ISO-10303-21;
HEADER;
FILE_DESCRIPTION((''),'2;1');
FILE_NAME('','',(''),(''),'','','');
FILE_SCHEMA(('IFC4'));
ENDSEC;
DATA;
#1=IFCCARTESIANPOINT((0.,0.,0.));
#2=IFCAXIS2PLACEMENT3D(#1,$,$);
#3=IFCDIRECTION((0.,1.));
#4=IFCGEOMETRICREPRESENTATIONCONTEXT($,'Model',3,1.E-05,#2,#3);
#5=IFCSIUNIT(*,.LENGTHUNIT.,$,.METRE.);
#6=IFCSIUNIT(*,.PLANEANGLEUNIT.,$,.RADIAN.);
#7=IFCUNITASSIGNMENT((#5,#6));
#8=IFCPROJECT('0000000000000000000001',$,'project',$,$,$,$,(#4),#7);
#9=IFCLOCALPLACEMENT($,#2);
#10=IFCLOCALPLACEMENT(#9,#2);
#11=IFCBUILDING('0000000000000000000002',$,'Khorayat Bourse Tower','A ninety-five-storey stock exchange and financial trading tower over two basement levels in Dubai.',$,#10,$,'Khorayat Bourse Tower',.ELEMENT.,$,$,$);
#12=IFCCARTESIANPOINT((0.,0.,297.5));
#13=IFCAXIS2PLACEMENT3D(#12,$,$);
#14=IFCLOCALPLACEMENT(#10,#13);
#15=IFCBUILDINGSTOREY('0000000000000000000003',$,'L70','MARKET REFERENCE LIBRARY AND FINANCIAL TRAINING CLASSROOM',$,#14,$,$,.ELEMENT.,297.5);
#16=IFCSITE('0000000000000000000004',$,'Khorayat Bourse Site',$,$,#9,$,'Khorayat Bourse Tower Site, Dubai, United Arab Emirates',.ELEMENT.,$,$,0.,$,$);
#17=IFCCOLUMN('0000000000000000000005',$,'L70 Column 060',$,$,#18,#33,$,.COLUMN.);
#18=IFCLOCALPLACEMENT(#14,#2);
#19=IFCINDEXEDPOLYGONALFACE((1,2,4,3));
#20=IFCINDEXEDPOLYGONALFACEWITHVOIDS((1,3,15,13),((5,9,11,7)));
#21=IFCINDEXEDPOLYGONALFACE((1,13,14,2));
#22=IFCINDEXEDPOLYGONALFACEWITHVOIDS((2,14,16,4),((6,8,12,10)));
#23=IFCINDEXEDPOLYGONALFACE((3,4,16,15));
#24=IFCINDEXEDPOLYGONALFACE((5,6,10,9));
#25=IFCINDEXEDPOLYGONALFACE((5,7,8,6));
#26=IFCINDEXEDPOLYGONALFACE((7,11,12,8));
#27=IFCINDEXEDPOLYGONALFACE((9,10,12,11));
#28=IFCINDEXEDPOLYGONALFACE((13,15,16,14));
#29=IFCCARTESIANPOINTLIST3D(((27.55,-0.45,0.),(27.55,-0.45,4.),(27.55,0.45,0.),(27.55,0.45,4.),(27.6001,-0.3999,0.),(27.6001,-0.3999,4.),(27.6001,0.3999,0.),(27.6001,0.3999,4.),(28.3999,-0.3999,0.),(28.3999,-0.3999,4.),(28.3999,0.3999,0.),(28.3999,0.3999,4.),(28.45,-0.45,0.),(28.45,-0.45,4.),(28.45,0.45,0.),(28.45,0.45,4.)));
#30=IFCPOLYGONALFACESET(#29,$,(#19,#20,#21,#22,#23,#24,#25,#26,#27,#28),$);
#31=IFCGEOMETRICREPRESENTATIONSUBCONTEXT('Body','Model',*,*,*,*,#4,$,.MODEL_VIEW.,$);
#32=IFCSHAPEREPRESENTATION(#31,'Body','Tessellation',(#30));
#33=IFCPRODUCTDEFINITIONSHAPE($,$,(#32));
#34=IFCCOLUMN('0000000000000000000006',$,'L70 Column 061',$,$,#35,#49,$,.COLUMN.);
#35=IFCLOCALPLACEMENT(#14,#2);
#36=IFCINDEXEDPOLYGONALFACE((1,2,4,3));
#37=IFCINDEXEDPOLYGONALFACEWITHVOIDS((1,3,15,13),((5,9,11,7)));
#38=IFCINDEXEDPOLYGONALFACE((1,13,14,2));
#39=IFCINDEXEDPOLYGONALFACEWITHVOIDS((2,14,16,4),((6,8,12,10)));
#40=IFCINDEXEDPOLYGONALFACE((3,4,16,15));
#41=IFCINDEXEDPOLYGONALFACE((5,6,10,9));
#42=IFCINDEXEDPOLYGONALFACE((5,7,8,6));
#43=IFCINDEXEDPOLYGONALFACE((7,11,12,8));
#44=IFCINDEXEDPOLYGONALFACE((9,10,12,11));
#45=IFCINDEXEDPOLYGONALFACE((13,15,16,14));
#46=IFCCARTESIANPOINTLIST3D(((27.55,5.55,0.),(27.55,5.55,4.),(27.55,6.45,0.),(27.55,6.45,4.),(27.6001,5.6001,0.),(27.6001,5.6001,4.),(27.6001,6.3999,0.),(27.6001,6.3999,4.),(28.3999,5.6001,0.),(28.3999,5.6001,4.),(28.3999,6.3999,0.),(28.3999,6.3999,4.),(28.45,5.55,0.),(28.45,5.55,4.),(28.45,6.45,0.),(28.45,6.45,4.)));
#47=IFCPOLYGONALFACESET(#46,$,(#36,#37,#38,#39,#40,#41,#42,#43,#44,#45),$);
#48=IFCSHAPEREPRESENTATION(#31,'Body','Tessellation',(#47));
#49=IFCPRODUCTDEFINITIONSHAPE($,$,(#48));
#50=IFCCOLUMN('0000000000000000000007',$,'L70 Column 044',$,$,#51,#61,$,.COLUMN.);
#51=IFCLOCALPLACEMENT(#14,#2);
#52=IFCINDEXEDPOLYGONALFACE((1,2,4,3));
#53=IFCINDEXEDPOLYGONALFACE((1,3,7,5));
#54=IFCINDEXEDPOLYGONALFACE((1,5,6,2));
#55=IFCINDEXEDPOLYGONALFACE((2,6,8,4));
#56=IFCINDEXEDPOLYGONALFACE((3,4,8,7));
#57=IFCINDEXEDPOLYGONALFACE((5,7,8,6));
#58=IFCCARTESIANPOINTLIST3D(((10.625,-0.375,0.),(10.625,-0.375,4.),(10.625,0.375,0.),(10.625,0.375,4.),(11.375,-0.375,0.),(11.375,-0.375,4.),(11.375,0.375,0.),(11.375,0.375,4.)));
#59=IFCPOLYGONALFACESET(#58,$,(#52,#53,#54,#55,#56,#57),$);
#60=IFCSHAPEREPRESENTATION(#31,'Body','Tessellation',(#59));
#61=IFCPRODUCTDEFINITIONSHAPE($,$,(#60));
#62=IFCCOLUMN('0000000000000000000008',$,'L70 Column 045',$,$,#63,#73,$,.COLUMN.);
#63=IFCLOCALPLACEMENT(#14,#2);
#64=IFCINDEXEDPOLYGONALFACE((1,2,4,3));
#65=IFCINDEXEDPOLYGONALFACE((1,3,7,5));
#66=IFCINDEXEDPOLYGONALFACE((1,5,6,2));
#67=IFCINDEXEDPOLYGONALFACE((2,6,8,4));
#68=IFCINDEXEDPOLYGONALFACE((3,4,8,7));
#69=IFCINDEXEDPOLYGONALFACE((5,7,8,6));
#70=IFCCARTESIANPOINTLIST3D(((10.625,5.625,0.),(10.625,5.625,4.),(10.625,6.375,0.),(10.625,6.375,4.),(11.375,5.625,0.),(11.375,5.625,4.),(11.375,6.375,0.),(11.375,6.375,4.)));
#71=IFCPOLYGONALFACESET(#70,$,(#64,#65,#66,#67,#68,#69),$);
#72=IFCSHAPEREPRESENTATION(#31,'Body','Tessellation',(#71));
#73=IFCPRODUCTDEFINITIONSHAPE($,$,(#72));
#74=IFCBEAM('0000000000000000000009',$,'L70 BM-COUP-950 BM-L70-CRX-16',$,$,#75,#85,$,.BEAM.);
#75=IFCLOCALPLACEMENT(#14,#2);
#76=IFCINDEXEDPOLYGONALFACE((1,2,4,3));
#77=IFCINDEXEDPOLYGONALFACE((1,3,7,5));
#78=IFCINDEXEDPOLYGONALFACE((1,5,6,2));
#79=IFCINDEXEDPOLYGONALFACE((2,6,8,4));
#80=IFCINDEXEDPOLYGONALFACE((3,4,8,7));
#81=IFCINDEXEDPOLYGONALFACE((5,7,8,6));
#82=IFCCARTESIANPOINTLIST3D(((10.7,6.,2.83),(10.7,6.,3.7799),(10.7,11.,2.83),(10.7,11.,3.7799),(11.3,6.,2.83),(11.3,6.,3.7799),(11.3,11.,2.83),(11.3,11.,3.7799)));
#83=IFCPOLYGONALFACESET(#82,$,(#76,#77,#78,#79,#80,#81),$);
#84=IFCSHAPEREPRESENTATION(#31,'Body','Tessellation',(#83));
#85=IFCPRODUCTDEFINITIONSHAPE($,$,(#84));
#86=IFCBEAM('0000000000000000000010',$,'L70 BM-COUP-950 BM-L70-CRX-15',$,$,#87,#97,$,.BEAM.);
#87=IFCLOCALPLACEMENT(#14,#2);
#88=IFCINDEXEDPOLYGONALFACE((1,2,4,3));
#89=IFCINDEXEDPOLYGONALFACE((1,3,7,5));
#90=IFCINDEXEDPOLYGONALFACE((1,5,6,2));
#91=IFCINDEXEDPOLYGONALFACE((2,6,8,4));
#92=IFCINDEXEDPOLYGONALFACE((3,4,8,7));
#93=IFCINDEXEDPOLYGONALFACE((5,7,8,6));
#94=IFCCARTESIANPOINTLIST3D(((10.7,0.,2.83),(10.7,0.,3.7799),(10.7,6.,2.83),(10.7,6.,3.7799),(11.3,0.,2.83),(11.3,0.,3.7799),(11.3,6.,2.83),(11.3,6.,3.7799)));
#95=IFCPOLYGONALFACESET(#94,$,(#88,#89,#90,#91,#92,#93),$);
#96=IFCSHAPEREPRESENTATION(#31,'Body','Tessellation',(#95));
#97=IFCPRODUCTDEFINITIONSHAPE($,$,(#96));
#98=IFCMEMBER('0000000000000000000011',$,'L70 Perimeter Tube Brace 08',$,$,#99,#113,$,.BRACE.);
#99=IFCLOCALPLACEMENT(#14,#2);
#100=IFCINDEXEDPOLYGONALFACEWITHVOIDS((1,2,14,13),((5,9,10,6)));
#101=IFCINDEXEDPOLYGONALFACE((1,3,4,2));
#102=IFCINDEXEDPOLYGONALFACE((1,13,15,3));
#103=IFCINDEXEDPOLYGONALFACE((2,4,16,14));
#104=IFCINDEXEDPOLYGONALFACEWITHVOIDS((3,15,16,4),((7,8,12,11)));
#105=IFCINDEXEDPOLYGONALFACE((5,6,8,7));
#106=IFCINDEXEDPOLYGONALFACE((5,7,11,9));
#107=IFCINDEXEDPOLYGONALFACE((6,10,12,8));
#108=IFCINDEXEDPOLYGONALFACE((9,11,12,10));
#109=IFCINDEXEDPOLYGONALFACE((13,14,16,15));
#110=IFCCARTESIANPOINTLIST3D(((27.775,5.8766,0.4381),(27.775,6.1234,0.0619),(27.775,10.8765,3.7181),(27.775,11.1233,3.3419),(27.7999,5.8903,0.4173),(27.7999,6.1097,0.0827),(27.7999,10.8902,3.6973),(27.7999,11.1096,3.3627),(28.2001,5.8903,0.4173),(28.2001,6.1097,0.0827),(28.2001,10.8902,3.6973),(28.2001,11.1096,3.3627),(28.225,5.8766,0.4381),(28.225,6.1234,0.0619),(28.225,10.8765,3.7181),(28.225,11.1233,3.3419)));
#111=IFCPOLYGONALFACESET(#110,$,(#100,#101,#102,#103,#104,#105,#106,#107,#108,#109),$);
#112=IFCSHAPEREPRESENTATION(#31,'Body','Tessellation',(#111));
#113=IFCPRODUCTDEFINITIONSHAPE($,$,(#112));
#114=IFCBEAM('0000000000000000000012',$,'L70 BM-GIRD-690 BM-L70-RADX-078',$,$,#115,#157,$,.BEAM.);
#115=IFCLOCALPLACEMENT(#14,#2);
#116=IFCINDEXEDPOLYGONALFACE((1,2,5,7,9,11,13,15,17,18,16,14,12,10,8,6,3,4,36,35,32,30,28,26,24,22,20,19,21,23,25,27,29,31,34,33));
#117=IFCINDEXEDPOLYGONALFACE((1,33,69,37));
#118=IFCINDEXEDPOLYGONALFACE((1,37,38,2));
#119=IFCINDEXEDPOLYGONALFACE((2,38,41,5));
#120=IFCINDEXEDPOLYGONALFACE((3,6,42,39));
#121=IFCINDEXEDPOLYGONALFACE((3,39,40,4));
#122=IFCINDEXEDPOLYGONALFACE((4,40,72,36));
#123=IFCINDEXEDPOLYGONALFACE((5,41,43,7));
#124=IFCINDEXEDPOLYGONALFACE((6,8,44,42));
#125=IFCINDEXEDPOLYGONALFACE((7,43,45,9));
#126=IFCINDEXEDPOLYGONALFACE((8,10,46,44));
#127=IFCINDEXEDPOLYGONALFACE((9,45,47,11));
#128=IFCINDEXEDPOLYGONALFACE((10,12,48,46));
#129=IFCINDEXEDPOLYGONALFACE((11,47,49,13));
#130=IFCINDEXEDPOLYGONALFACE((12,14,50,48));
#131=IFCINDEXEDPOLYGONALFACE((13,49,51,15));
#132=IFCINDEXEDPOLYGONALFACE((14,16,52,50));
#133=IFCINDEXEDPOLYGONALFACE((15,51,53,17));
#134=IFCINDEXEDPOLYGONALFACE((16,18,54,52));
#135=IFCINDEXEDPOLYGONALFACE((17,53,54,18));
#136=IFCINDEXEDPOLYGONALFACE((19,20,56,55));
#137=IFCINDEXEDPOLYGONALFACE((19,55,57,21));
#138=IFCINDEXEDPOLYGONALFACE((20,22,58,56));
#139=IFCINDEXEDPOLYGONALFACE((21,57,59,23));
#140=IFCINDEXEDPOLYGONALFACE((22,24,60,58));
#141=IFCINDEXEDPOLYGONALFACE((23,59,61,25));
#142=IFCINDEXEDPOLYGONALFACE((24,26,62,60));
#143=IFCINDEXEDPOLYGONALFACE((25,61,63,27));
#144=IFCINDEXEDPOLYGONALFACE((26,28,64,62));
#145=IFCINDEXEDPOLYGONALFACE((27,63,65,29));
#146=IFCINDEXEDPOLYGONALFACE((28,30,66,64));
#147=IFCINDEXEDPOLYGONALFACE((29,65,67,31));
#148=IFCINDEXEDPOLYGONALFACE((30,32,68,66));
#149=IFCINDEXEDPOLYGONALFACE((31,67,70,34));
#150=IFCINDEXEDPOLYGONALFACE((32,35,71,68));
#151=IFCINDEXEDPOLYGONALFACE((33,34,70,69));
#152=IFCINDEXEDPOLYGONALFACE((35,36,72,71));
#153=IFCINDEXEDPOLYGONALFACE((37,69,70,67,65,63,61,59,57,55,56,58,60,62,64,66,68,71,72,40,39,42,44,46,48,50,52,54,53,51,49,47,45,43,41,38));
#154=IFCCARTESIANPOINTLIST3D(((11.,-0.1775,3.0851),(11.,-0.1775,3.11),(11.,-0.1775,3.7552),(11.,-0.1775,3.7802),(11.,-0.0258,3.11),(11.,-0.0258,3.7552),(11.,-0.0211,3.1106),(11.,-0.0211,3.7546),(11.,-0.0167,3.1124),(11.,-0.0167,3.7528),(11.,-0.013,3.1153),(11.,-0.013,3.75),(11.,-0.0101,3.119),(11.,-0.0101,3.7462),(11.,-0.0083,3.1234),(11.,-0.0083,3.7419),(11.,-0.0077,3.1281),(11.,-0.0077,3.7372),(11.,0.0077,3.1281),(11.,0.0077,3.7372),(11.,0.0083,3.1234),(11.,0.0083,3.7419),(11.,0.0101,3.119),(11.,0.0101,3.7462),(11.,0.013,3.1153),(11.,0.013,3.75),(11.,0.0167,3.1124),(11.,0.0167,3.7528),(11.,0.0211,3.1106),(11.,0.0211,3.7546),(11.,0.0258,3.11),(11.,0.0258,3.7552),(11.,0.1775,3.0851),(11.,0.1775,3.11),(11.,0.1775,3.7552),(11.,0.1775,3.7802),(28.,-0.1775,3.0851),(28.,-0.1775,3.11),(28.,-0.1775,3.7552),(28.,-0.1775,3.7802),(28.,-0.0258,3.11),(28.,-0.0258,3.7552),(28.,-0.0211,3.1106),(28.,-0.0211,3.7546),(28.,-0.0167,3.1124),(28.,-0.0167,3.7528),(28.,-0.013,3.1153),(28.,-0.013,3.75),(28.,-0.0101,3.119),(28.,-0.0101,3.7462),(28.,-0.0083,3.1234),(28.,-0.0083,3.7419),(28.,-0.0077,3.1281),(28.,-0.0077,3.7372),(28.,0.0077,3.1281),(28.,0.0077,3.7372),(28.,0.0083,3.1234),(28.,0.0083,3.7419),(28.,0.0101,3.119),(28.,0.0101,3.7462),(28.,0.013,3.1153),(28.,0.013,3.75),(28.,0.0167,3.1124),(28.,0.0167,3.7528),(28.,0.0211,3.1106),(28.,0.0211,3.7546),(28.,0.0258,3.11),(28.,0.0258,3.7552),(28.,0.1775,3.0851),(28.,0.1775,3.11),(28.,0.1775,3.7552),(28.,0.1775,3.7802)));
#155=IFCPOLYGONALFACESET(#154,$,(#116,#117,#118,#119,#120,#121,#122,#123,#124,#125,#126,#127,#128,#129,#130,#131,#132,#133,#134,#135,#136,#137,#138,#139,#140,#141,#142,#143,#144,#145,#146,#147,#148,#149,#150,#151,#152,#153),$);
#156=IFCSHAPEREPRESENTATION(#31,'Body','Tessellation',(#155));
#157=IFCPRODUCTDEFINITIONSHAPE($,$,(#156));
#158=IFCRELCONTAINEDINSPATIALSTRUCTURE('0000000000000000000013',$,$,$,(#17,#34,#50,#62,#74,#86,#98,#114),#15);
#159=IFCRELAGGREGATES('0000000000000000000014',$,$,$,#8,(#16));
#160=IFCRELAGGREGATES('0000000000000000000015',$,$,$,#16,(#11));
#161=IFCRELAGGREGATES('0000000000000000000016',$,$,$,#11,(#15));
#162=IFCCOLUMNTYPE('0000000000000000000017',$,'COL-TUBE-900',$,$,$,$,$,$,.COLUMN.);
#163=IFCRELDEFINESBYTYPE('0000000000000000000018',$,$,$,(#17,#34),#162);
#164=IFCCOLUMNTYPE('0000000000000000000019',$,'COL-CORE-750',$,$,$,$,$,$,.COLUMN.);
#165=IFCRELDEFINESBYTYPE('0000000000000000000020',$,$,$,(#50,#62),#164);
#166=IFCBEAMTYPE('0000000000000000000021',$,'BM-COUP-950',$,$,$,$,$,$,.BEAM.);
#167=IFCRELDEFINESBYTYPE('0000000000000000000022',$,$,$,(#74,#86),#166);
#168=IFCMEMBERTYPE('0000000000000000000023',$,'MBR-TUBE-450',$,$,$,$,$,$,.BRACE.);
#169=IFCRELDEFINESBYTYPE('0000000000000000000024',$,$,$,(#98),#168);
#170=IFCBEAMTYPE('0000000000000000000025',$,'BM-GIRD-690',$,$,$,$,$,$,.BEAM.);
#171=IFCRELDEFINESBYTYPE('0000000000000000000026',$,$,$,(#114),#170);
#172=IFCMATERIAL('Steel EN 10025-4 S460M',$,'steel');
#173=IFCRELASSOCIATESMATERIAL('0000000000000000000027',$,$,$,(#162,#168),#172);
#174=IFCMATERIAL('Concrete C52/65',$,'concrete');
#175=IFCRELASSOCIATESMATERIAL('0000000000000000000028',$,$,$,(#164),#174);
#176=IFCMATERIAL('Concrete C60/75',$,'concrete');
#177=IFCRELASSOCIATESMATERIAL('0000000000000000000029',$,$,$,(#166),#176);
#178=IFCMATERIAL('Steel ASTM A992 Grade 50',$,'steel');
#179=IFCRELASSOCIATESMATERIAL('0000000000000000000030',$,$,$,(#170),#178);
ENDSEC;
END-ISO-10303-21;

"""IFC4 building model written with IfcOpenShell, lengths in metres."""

from ifc_helpers import new_model, si_unit, direction, frame, origin, origin_2d, place, context, subcontext, project, spatial, rectangle, hollow_rectangle, i_section, extrude, source, transform, mapped, material, material_profile, profile_set, type_object, element, save


model = new_model("IFC4")

# Units and contexts
model_context = context("Model", 3, precision=1e-05, world=origin(), true_north=direction((0.0, 1.0)))
body_context = subcontext(model_context, "Body", "Model", "MODEL_VIEW")
ifc_project = project(units=[si_unit("LENGTHUNIT", "METRE"), si_unit("PLANEANGLEUNIT", "RADIAN")], contexts=[model_context])

# Site, building, storey
site_placement = place(None, origin())
site = spatial("IfcSite", under=ifc_project, at=site_placement, Name="Khorayat Bourse Site", LongName="Khorayat Bourse Tower Site, Dubai, United Arab Emirates", CompositionType="ELEMENT", RefElevation=0.0)
building_placement = place(site_placement, origin())
building = spatial("IfcBuilding", under=site, at=building_placement, Name="Khorayat Bourse Tower", Description="A ninety-five-storey stock exchange and financial trading tower over two basement levels in Dubai.", LongName="Khorayat Bourse Tower", CompositionType="ELEMENT")
storey_placement = place(building_placement, frame((0.0, 0.0, 297.5)))
storey = spatial("IfcBuildingStorey", under=building, at=storey_placement, Name="L70", Description="MARKET REFERENCE LIBRARY AND FINANCIAL TRAINING CLASSROOM", CompositionType="ELEMENT", Elevation=297.5)

# Columns
ifc_material_1 = material(Name="Steel EN 10025-4 S460M", Category="steel")
ifc_material_profile_1 = material_profile(ifc_material_1, hollow_rectangle(XDim=0.8999, YDim=0.8999, WallThickness=0.05, at=origin_2d()), Name="BOX 900x900x50")
ifc_profile_set_1 = profile_set([ifc_material_profile_1], Name="Steel EN 10025-4 S460M")
column_type_1 = type_object("IfcColumnType", Name="COL-TUBE-900", PredefinedType="COLUMN", material=ifc_profile_set_1)
shared_shape_1 = source(origin(), body_context, "Body", "SweptSolid", [
    extrude(hollow_rectangle(XDim=0.8999, YDim=0.8999, WallThickness=0.05, at=origin_2d()), origin(), (0.0, 0.0, 1.0), 4.0),
])
for number, where, z_axis, x_axis, name in (
    (1, (28.0, 0.0, 0.0), (0.0, 0.0, 1.0), (1.0, 0.0, 0.0), "L70 Column 060"),
    (2, (28.0, 6.0, 0.0), (0.0, 0.0, 1.0), (1.0, 0.0, 0.0), "L70 Column 061"),
):
    element("IfcColumn", number, at=place(storey_placement, frame(where, z_axis=z_axis, x_axis=x_axis)), inside=storey, type_object=column_type_1, Name=name, PredefinedType="COLUMN", context=body_context, shape_type="MappedRepresentation", body=[
        mapped(shared_shape_1, transform((0.0, 0.0, 0.0), scale=1.0)),
    ])
ifc_material_2 = material(Name="Concrete C52/65", Category="concrete")
ifc_material_profile_2 = material_profile(ifc_material_2, rectangle(XDim=0.75, YDim=0.75, at=origin_2d()), Name="RC 750x750")
ifc_profile_set_2 = profile_set([ifc_material_profile_2], Name="Concrete C52/65")
column_type_2 = type_object("IfcColumnType", Name="COL-CORE-750", PredefinedType="COLUMN", material=ifc_profile_set_2)
shared_shape_2 = source(origin(), body_context, "Body", "SweptSolid", [
    extrude(rectangle(XDim=0.75, YDim=0.75, at=origin_2d()), origin(), (0.0, 0.0, 1.0), 4.0),
])
for number, where, z_axis, x_axis, name in (
    (3, (11.0, 0.0, 0.0), (0.0, 0.0, 1.0), (1.0, 0.0, 0.0), "L70 Column 044"),
    (4, (11.0, 6.0, 0.0), (0.0, 0.0, 1.0), (1.0, 0.0, 0.0), "L70 Column 045"),
):
    element("IfcColumn", number, at=place(storey_placement, frame(where, z_axis=z_axis, x_axis=x_axis)), inside=storey, type_object=column_type_2, Name=name, PredefinedType="COLUMN", context=body_context, shape_type="MappedRepresentation", body=[
        mapped(shared_shape_2, transform((0.0, 0.0, 0.0), scale=1.0)),
    ])

# Beams
ifc_material_3 = material(Name="Concrete C60/75", Category="concrete")
ifc_material_profile_3 = material_profile(ifc_material_3, rectangle(XDim=0.6001, YDim=0.95, at=origin_2d()), Name="RC 600x950")
ifc_profile_set_3 = profile_set([ifc_material_profile_3], Name="Concrete C60/75")
beam_type_1 = type_object("IfcBeamType", Name="BM-COUP-950", PredefinedType="BEAM", material=ifc_profile_set_3)
shared_shape_3 = source(origin(), body_context, "Body", "SweptSolid", [
    extrude(rectangle(XDim=0.6001, YDim=0.95, at=origin_2d()), origin(), (0.0, 0.0, 1.0), 5.0),
])
beam_1_placement = place(storey_placement, frame((11.0, 6.0, 3.3049), z_axis=(0.0, 1.0, 0.0), x_axis=(-1.0, 0.0, 0.0)))
element("IfcBeam", 5, at=beam_1_placement, inside=storey, type_object=beam_type_1, Name="L70 BM-COUP-950 BM-L70-CRX-16", PredefinedType="BEAM", context=body_context, shape_type="MappedRepresentation", body=[
    mapped(shared_shape_3, transform((0.0, 0.0, 0.0), scale=1.0)),
])
shared_shape_4 = source(origin(), body_context, "Body", "SweptSolid", [
    extrude(rectangle(XDim=0.6001, YDim=0.95, at=origin_2d()), origin(), (0.0, 0.0, 1.0), 6.0),
])
beam_2_placement = place(storey_placement, frame((11.0, 0.0, 3.3049), z_axis=(0.0, 1.0, 0.0), x_axis=(-1.0, 0.0, 0.0)))
element("IfcBeam", 6, at=beam_2_placement, inside=storey, type_object=beam_type_1, Name="L70 BM-COUP-950 BM-L70-CRX-15", PredefinedType="BEAM", context=body_context, shape_type="MappedRepresentation", body=[
    mapped(shared_shape_4, transform((0.0, 0.0, 0.0), scale=1.0)),
])

# Member
ifc_material_profile_4 = material_profile(ifc_material_1, hollow_rectangle(XDim=0.45, YDim=0.45, WallThickness=0.0249, at=origin_2d()), Name="HSS 450x450x25")
ifc_profile_set_4 = profile_set([ifc_material_profile_4], Name="Steel EN 10025-4 S460M")
member_type_1 = type_object("IfcMemberType", Name="MBR-TUBE-450", PredefinedType="BRACE", material=ifc_profile_set_4)
shared_shape_5 = source(origin(), body_context, "Body", "SweptSolid", [
    extrude(hollow_rectangle(XDim=0.45, YDim=0.45, WallThickness=0.0249, at=origin_2d()), origin(), (0.0, 0.0, 1.0), 5.9797),
])
member_1_placement = place(storey_placement, frame((28.0, 6.0, 0.25), z_axis=(0.0, 0.836142, 0.548514), x_axis=(-1.0, 0.0, 0.0)))
element("IfcMember", 7, at=member_1_placement, inside=storey, type_object=member_type_1, Name="L70 Perimeter Tube Brace 08", PredefinedType="BRACE", context=body_context, shape_type="MappedRepresentation", body=[
    mapped(shared_shape_5, transform((0.0, 0.0, 0.0), scale=1.0)),
])

# Beam
ifc_material_4 = material(Name="Steel ASTM A992 Grade 50", Category="steel")
ifc_material_profile_5 = material_profile(ifc_material_4, i_section(OverallWidth=0.355, OverallDepth=0.6951, WebThickness=0.0154, FlangeThickness=0.0249, FilletRadius=0.0181, at=origin_2d()), Name="W690X217")
ifc_profile_set_5 = profile_set([ifc_material_profile_5], Name="Steel ASTM A992 Grade 50")
beam_type_2 = type_object("IfcBeamType", Name="BM-GIRD-690", PredefinedType="BEAM", material=ifc_profile_set_5)
shared_shape_6 = source(origin(), body_context, "Body", "SweptSolid", [
    extrude(i_section(OverallWidth=0.355, OverallDepth=0.6951, WebThickness=0.0154, FlangeThickness=0.0249, FilletRadius=0.0181, at=origin_2d()), origin(), (0.0, 0.0, 1.0), 17.0),
])
for number, where, z_axis, x_axis, name in (
    (8, (11.0, 0.0, 3.4326), (1.0, 0.0, 0.0), (0.0, 1.0, 0.0), "L70 BM-GIRD-690 BM-L70-RADX-078"),
):
    element("IfcBeam", number, at=place(storey_placement, frame(where, z_axis=z_axis, x_axis=x_axis)), inside=storey, type_object=beam_type_2, Name=name, PredefinedType="BEAM", context=body_context, shape_type="MappedRepresentation", body=[
        mapped(shared_shape_6, transform((0.0, 0.0, 0.0), scale=1.0)),
    ])

save(model, "model.ifc")
